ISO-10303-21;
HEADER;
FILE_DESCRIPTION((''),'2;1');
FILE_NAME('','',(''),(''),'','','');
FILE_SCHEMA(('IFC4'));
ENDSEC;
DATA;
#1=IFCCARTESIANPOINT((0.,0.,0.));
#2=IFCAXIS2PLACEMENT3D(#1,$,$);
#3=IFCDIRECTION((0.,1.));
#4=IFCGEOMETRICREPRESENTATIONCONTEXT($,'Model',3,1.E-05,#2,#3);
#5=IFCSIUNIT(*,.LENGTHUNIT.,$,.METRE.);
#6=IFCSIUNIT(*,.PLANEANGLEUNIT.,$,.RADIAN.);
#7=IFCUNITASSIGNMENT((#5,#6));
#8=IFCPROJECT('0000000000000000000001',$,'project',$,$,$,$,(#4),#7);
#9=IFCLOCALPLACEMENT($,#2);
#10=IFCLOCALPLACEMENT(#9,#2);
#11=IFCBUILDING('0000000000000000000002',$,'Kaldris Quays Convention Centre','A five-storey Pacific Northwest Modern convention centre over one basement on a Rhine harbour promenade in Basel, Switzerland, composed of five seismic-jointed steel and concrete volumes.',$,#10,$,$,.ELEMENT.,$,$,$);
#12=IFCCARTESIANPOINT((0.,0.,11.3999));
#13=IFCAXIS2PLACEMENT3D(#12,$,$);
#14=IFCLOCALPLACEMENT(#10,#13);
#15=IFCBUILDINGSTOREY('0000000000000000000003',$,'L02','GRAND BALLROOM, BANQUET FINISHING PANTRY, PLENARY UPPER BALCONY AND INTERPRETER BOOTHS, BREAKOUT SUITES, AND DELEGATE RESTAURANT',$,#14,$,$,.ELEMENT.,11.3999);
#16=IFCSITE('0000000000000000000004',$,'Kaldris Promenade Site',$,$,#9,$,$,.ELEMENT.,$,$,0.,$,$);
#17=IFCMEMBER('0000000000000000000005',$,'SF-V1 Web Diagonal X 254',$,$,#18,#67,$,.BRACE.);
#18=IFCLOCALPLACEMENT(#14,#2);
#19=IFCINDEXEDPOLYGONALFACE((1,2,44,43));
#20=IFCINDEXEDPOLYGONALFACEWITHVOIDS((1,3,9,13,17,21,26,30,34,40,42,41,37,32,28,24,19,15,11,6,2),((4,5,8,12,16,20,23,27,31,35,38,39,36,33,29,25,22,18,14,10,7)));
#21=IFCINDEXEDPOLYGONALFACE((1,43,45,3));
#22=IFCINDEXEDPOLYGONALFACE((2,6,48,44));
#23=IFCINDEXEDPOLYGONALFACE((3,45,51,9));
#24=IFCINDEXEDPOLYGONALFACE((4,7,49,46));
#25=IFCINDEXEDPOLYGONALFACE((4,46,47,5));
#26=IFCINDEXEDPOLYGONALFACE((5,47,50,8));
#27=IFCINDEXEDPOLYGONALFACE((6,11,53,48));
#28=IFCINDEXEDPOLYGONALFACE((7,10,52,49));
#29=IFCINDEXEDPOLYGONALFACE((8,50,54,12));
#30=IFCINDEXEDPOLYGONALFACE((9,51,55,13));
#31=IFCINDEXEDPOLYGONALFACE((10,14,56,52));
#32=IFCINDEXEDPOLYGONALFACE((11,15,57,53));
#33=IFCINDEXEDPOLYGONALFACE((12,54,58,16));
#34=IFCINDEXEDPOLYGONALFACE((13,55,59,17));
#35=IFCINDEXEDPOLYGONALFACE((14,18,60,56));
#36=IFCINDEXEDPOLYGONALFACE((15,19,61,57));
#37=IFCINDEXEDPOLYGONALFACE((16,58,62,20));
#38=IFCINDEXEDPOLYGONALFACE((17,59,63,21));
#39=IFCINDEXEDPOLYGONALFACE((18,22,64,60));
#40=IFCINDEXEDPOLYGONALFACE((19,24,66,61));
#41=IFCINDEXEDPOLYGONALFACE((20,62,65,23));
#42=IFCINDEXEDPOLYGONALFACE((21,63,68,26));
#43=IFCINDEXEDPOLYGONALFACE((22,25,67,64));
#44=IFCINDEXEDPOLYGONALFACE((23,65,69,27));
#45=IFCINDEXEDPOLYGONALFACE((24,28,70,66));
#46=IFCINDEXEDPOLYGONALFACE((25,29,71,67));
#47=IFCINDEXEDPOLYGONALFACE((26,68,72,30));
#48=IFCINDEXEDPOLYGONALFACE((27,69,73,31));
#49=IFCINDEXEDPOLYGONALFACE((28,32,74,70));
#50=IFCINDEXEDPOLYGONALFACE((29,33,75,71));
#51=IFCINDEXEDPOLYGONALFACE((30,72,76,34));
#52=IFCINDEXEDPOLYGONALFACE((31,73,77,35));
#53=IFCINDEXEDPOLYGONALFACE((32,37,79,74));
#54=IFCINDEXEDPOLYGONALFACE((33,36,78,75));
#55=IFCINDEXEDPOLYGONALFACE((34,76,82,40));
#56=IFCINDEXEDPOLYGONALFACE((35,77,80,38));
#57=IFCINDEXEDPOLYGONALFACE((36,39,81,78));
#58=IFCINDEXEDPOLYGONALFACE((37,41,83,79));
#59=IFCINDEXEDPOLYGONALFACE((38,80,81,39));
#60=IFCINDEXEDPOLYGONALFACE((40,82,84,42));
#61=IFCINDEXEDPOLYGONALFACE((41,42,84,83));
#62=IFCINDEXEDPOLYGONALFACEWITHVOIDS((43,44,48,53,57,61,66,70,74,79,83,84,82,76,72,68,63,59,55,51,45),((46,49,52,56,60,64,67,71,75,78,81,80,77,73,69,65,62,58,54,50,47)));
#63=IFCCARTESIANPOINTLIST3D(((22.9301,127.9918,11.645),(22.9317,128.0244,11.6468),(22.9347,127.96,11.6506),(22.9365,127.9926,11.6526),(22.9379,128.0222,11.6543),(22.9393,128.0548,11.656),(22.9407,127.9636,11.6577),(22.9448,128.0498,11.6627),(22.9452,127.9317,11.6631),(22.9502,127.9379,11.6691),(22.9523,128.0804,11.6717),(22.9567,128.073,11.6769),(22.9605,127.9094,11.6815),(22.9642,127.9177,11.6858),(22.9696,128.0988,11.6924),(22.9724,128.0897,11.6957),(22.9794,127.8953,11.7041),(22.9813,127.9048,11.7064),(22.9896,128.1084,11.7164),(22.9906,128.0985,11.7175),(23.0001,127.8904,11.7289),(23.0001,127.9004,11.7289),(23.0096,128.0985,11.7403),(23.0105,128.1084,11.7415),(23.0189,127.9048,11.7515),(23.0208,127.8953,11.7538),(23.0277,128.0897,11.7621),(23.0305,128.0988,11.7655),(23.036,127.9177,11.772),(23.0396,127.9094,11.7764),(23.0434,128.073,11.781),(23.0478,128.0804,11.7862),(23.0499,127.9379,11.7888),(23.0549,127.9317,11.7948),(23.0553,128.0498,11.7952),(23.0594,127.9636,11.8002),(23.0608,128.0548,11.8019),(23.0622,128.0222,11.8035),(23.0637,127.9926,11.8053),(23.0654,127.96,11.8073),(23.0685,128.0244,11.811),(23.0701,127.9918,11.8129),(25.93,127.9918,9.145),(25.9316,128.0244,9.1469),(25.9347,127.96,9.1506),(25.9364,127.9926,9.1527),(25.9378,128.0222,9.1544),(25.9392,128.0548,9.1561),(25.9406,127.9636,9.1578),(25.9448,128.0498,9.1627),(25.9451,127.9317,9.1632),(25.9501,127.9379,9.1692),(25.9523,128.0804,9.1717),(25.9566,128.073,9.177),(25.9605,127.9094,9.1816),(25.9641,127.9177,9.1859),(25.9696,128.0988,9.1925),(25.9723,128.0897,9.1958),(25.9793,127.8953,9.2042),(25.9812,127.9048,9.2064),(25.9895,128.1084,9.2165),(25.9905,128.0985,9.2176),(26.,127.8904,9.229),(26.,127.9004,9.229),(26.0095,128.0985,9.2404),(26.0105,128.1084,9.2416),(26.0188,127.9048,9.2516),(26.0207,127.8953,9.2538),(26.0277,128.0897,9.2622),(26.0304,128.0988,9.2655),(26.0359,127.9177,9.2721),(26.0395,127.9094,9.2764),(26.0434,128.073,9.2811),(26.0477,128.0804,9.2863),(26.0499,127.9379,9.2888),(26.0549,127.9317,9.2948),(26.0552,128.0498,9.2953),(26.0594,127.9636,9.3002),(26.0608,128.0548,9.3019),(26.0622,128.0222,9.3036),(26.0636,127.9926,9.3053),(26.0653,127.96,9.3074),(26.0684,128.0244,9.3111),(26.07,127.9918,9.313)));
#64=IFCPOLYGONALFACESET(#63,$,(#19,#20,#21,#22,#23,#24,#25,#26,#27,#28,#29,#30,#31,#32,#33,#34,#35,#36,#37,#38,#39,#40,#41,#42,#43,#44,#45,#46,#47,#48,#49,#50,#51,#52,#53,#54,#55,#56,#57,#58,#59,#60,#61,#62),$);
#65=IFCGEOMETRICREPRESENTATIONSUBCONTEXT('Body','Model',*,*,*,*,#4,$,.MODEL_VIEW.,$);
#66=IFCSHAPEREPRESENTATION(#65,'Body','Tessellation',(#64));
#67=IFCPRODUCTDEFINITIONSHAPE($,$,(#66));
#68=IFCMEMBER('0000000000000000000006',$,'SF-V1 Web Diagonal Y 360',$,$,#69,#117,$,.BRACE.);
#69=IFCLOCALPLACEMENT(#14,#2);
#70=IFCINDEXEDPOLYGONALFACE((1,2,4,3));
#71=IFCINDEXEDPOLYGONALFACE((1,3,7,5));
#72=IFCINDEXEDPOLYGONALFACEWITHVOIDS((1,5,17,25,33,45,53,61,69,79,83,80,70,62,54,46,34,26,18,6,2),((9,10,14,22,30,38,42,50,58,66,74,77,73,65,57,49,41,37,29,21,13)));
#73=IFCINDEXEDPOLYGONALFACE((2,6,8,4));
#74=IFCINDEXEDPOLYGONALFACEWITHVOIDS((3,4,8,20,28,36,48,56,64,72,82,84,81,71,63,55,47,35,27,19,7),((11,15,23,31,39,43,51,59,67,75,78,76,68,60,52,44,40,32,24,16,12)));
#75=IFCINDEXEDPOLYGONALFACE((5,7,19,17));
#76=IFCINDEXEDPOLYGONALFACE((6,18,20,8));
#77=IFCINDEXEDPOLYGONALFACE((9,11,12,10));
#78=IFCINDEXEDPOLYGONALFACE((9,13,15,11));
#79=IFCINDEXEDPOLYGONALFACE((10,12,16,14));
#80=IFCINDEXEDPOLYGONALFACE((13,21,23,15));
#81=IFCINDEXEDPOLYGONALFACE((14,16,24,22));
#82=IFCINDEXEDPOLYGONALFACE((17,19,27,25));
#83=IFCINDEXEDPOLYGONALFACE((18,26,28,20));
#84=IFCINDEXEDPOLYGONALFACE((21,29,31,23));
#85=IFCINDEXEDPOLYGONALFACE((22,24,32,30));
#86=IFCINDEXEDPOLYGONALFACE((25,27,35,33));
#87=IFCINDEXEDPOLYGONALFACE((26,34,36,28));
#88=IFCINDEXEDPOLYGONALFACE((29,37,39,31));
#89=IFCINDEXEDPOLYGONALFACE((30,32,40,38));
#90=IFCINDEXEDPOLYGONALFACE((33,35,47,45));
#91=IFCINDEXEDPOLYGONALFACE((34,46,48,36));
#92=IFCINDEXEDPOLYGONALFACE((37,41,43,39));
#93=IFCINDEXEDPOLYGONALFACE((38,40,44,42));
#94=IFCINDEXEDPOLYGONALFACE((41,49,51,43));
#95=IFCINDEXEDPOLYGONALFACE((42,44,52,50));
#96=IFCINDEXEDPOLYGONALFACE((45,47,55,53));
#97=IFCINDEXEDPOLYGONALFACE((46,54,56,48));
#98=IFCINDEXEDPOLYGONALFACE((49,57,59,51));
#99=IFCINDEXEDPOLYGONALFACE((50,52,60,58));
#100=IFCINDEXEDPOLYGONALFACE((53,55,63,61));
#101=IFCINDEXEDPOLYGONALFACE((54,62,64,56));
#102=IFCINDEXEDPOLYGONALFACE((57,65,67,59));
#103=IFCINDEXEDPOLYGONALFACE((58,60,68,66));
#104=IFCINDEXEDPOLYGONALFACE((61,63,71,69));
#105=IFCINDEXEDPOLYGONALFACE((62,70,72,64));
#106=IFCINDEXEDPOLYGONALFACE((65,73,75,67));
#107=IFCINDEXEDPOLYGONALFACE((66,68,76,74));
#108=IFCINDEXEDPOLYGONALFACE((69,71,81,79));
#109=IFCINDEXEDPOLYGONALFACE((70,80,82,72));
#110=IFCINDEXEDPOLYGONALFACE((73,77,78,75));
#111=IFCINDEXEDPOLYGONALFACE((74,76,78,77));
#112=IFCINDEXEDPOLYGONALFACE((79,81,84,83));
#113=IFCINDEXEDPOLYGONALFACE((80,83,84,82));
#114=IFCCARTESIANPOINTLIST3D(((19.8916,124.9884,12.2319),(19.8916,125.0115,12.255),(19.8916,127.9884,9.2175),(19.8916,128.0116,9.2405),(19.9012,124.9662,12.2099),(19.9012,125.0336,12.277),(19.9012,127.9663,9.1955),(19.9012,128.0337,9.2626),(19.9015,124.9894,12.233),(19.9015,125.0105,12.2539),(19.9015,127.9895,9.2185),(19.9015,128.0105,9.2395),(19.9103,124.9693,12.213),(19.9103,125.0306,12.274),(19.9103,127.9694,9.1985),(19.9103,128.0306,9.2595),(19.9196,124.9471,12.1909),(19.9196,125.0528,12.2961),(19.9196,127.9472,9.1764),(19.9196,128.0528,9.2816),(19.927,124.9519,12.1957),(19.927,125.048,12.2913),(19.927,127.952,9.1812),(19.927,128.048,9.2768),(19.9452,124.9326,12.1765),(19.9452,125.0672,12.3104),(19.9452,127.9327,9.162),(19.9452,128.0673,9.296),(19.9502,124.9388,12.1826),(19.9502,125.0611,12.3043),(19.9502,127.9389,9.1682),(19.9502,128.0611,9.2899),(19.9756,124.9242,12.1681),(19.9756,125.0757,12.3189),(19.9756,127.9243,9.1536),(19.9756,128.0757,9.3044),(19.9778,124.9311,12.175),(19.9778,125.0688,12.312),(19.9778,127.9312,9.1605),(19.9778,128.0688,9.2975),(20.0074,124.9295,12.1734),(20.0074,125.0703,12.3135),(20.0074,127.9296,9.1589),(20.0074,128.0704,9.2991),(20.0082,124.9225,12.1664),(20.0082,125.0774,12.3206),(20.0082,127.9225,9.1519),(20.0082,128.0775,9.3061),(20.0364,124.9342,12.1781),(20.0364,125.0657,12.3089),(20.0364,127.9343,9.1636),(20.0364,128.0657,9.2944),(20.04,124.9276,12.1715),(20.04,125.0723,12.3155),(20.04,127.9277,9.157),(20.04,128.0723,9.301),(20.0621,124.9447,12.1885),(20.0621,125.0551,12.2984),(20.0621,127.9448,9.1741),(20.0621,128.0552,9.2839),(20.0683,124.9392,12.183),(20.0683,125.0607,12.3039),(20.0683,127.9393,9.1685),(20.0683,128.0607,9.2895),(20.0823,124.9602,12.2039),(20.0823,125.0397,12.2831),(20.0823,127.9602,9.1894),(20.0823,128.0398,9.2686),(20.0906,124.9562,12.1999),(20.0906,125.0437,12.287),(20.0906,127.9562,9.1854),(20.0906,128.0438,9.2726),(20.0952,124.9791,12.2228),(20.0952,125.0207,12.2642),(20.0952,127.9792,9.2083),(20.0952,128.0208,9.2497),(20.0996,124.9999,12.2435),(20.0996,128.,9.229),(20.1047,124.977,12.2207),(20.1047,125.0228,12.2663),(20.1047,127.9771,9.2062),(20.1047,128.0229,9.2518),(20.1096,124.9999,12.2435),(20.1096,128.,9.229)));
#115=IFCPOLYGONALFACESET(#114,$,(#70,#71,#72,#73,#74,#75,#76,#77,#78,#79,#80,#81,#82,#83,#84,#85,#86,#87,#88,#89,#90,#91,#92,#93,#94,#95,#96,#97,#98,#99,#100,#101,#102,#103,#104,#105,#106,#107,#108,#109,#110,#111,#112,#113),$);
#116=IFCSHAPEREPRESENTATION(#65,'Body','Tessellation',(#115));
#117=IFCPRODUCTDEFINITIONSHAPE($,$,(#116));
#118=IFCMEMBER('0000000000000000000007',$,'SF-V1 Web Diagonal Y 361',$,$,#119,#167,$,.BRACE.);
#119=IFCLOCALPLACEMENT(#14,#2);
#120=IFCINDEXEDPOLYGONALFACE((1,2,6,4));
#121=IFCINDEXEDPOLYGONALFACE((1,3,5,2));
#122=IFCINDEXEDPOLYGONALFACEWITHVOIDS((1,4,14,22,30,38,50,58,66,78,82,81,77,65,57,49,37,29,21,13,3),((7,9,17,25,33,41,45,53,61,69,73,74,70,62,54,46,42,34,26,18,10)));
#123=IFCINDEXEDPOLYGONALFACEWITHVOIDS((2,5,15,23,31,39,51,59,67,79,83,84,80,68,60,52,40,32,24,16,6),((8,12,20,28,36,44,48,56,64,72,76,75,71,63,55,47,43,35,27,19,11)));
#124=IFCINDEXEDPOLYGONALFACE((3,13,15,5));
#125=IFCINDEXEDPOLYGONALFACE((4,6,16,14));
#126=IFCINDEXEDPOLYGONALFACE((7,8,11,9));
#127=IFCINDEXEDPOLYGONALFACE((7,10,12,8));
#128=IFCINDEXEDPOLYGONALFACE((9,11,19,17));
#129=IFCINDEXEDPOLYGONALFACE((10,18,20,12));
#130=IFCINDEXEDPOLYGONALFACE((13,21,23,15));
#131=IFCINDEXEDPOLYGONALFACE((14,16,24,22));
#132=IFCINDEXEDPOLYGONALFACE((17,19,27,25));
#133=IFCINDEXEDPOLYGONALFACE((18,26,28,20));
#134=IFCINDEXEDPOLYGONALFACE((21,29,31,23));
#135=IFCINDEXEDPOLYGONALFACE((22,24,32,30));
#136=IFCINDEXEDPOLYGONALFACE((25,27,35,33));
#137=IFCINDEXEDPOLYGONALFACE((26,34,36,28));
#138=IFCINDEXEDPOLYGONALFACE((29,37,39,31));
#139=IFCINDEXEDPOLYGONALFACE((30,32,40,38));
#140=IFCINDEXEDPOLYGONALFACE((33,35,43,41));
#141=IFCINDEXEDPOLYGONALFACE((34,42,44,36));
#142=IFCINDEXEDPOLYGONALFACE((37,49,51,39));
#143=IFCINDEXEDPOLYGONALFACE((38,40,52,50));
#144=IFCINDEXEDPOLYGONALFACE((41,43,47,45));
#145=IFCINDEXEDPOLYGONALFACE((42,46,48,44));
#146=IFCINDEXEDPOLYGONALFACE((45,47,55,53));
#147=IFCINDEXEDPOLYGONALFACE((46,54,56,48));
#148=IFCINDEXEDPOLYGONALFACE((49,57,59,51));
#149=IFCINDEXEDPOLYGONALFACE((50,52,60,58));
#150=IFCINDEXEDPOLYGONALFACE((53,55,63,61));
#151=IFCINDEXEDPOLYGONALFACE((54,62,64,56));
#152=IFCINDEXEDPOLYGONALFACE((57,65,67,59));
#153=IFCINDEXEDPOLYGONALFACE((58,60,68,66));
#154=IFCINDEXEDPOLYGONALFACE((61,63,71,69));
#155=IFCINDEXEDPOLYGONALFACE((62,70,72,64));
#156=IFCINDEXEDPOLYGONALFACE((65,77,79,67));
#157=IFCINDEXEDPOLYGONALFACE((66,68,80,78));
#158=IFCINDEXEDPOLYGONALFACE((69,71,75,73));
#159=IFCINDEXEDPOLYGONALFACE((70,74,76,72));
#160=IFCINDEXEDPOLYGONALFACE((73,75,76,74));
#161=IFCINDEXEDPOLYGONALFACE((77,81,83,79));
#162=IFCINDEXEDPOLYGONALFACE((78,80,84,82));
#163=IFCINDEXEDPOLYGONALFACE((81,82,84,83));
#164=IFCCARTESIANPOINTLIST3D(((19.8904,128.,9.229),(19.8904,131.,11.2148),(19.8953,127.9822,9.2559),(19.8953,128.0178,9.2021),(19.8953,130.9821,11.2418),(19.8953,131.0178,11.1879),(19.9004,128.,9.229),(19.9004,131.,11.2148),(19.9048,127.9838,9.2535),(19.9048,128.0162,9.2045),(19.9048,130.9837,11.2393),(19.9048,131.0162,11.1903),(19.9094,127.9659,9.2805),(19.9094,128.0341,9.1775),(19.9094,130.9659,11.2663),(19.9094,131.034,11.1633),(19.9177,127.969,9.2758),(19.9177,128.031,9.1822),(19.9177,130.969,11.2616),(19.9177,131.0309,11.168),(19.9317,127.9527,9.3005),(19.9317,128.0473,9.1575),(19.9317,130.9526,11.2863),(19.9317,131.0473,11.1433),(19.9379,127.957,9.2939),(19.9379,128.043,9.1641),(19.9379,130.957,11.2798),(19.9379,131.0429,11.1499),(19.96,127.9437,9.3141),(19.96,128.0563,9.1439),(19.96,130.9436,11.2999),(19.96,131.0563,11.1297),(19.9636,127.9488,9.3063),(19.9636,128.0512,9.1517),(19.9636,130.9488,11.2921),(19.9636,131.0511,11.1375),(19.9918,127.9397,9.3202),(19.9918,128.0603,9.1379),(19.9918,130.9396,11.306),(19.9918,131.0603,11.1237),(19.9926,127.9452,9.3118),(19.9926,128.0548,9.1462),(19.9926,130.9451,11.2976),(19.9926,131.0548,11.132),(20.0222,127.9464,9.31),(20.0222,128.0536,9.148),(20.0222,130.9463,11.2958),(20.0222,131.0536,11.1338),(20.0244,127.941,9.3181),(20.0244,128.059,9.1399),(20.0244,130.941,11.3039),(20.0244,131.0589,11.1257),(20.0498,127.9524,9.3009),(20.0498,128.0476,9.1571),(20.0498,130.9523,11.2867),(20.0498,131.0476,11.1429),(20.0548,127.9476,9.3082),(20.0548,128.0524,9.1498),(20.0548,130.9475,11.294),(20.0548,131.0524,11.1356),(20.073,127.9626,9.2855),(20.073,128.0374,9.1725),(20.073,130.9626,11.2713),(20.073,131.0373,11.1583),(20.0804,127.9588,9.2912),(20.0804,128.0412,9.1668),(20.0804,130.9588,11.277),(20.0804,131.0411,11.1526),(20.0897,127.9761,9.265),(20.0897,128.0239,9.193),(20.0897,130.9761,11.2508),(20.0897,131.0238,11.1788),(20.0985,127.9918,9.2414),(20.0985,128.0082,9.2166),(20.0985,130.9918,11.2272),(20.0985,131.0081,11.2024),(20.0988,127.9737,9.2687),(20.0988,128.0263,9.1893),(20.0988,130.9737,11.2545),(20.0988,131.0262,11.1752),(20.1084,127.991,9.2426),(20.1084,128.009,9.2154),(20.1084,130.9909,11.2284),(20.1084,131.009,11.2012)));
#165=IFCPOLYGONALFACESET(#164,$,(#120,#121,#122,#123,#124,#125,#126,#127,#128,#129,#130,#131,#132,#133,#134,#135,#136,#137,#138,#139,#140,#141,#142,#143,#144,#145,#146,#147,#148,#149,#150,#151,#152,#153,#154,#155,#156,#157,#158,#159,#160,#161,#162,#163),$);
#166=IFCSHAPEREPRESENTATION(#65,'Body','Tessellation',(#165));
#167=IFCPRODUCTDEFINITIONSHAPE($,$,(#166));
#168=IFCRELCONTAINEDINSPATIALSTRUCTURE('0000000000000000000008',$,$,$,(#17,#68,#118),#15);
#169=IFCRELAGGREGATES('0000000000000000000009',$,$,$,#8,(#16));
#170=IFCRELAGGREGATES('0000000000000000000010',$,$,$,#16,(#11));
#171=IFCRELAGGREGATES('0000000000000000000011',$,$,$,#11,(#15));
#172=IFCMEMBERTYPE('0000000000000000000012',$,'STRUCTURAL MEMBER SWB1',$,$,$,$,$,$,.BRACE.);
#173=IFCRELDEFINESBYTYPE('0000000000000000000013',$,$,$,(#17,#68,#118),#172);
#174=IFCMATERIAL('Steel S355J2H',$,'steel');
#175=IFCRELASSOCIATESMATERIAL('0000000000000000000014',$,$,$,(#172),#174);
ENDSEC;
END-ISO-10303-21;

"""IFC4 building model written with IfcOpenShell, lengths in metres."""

from ifc_helpers import new_model, si_unit, direction, frame, origin, origin_2d, place, context, subcontext, project, spatial, hollow_circle, extrude, material, material_profile, profile_set, type_object, element, save


model = new_model("IFC4")

# Units and contexts
model_context = context("Model", 3, precision=1e-05, world=origin(), true_north=direction((0.0, 1.0)))
body_context = subcontext(model_context, "Body", "Model", "MODEL_VIEW")
ifc_project = project(units=[si_unit("LENGTHUNIT", "METRE"), si_unit("PLANEANGLEUNIT", "RADIAN")], contexts=[model_context])

# Site, building, storey
site_placement = place(None, origin())
site = spatial("IfcSite", under=ifc_project, at=site_placement, Name="Kaldris Promenade Site", CompositionType="ELEMENT", RefElevation=0.0)
building_placement = place(site_placement, origin())
building = spatial("IfcBuilding", under=site, at=building_placement, Name="Kaldris Quays Convention Centre", Description="A five-storey Pacific Northwest Modern convention centre over one basement on a Rhine harbour promenade in Basel, Switzerland, composed of five seismic-jointed steel and concrete volumes.", CompositionType="ELEMENT")
storey_placement = place(building_placement, frame((0.0, 0.0, 11.3999)))
storey = spatial("IfcBuildingStorey", under=building, at=storey_placement, Name="L02", Description="GRAND BALLROOM, BANQUET FINISHING PANTRY, PLENARY UPPER BALCONY AND INTERPRETER BOOTHS, BREAKOUT SUITES, AND DELEGATE RESTAURANT", CompositionType="ELEMENT", Elevation=11.3999)

# Members
ifc_material_1 = material(Name="Steel S355J2H", Category="steel")
ifc_material_profile_1 = material_profile(ifc_material_1, hollow_circle(Radius=0.1096, WallThickness=0.01, at=origin_2d()), Name="CHS 219.1x10")
ifc_profile_set_1 = profile_set([ifc_material_profile_1], Name="Steel S355J2H")
member_type_1 = type_object("IfcMemberType", Name="STRUCTURAL MEMBER SWB1", PredefinedType="BRACE", material=ifc_profile_set_1)
for number, where, z_axis, x_axis, name in (
    (1, (26.0, 128.0, 9.229), (-0.768221, 0.0, 0.640184), (0.0, -1.0, 0.0), "SF-V1 Web Diagonal X 254"),
):
    element("IfcMember", number, at=place(storey_placement, frame(where, z_axis=z_axis, x_axis=x_axis)), inside=storey, type_object=member_type_1, Name=name, PredefinedType="BRACE", context=body_context, shape_type="SweptSolid", body=[
        extrude(hollow_circle(Radius=0.1096, WallThickness=0.01, at=origin_2d()), origin(), (0.0, 0.0, 1.0), 3.905),
    ])
member_1_placement = place(storey_placement, frame((20.0, 128.0, 9.229), z_axis=(0.0, -0.705411, 0.708798), x_axis=(1.0, 0.0, 0.0)))
element("IfcMember", 2, at=member_1_placement, inside=storey, type_object=member_type_1, Name="SF-V1 Web Diagonal Y 360", PredefinedType="BRACE", context=body_context, shape_type="SweptSolid", body=[
    extrude(hollow_circle(Radius=0.1096, WallThickness=0.01, at=origin_2d()), origin(), (0.0, 0.0, 1.0), 4.2529),
])
member_2_placement = place(storey_placement, frame((20.0, 128.0, 9.229), z_axis=(0.0, 0.833862, 0.551972), x_axis=(-1.0, 0.0, 0.0)))
element("IfcMember", 3, at=member_2_placement, inside=storey, type_object=member_type_1, Name="SF-V1 Web Diagonal Y 361", PredefinedType="BRACE", context=body_context, shape_type="SweptSolid", body=[
    extrude(hollow_circle(Radius=0.1096, WallThickness=0.01, at=origin_2d()), origin(), (0.0, 0.0, 1.0), 3.5977),
])

save(model, "model.ifc")
